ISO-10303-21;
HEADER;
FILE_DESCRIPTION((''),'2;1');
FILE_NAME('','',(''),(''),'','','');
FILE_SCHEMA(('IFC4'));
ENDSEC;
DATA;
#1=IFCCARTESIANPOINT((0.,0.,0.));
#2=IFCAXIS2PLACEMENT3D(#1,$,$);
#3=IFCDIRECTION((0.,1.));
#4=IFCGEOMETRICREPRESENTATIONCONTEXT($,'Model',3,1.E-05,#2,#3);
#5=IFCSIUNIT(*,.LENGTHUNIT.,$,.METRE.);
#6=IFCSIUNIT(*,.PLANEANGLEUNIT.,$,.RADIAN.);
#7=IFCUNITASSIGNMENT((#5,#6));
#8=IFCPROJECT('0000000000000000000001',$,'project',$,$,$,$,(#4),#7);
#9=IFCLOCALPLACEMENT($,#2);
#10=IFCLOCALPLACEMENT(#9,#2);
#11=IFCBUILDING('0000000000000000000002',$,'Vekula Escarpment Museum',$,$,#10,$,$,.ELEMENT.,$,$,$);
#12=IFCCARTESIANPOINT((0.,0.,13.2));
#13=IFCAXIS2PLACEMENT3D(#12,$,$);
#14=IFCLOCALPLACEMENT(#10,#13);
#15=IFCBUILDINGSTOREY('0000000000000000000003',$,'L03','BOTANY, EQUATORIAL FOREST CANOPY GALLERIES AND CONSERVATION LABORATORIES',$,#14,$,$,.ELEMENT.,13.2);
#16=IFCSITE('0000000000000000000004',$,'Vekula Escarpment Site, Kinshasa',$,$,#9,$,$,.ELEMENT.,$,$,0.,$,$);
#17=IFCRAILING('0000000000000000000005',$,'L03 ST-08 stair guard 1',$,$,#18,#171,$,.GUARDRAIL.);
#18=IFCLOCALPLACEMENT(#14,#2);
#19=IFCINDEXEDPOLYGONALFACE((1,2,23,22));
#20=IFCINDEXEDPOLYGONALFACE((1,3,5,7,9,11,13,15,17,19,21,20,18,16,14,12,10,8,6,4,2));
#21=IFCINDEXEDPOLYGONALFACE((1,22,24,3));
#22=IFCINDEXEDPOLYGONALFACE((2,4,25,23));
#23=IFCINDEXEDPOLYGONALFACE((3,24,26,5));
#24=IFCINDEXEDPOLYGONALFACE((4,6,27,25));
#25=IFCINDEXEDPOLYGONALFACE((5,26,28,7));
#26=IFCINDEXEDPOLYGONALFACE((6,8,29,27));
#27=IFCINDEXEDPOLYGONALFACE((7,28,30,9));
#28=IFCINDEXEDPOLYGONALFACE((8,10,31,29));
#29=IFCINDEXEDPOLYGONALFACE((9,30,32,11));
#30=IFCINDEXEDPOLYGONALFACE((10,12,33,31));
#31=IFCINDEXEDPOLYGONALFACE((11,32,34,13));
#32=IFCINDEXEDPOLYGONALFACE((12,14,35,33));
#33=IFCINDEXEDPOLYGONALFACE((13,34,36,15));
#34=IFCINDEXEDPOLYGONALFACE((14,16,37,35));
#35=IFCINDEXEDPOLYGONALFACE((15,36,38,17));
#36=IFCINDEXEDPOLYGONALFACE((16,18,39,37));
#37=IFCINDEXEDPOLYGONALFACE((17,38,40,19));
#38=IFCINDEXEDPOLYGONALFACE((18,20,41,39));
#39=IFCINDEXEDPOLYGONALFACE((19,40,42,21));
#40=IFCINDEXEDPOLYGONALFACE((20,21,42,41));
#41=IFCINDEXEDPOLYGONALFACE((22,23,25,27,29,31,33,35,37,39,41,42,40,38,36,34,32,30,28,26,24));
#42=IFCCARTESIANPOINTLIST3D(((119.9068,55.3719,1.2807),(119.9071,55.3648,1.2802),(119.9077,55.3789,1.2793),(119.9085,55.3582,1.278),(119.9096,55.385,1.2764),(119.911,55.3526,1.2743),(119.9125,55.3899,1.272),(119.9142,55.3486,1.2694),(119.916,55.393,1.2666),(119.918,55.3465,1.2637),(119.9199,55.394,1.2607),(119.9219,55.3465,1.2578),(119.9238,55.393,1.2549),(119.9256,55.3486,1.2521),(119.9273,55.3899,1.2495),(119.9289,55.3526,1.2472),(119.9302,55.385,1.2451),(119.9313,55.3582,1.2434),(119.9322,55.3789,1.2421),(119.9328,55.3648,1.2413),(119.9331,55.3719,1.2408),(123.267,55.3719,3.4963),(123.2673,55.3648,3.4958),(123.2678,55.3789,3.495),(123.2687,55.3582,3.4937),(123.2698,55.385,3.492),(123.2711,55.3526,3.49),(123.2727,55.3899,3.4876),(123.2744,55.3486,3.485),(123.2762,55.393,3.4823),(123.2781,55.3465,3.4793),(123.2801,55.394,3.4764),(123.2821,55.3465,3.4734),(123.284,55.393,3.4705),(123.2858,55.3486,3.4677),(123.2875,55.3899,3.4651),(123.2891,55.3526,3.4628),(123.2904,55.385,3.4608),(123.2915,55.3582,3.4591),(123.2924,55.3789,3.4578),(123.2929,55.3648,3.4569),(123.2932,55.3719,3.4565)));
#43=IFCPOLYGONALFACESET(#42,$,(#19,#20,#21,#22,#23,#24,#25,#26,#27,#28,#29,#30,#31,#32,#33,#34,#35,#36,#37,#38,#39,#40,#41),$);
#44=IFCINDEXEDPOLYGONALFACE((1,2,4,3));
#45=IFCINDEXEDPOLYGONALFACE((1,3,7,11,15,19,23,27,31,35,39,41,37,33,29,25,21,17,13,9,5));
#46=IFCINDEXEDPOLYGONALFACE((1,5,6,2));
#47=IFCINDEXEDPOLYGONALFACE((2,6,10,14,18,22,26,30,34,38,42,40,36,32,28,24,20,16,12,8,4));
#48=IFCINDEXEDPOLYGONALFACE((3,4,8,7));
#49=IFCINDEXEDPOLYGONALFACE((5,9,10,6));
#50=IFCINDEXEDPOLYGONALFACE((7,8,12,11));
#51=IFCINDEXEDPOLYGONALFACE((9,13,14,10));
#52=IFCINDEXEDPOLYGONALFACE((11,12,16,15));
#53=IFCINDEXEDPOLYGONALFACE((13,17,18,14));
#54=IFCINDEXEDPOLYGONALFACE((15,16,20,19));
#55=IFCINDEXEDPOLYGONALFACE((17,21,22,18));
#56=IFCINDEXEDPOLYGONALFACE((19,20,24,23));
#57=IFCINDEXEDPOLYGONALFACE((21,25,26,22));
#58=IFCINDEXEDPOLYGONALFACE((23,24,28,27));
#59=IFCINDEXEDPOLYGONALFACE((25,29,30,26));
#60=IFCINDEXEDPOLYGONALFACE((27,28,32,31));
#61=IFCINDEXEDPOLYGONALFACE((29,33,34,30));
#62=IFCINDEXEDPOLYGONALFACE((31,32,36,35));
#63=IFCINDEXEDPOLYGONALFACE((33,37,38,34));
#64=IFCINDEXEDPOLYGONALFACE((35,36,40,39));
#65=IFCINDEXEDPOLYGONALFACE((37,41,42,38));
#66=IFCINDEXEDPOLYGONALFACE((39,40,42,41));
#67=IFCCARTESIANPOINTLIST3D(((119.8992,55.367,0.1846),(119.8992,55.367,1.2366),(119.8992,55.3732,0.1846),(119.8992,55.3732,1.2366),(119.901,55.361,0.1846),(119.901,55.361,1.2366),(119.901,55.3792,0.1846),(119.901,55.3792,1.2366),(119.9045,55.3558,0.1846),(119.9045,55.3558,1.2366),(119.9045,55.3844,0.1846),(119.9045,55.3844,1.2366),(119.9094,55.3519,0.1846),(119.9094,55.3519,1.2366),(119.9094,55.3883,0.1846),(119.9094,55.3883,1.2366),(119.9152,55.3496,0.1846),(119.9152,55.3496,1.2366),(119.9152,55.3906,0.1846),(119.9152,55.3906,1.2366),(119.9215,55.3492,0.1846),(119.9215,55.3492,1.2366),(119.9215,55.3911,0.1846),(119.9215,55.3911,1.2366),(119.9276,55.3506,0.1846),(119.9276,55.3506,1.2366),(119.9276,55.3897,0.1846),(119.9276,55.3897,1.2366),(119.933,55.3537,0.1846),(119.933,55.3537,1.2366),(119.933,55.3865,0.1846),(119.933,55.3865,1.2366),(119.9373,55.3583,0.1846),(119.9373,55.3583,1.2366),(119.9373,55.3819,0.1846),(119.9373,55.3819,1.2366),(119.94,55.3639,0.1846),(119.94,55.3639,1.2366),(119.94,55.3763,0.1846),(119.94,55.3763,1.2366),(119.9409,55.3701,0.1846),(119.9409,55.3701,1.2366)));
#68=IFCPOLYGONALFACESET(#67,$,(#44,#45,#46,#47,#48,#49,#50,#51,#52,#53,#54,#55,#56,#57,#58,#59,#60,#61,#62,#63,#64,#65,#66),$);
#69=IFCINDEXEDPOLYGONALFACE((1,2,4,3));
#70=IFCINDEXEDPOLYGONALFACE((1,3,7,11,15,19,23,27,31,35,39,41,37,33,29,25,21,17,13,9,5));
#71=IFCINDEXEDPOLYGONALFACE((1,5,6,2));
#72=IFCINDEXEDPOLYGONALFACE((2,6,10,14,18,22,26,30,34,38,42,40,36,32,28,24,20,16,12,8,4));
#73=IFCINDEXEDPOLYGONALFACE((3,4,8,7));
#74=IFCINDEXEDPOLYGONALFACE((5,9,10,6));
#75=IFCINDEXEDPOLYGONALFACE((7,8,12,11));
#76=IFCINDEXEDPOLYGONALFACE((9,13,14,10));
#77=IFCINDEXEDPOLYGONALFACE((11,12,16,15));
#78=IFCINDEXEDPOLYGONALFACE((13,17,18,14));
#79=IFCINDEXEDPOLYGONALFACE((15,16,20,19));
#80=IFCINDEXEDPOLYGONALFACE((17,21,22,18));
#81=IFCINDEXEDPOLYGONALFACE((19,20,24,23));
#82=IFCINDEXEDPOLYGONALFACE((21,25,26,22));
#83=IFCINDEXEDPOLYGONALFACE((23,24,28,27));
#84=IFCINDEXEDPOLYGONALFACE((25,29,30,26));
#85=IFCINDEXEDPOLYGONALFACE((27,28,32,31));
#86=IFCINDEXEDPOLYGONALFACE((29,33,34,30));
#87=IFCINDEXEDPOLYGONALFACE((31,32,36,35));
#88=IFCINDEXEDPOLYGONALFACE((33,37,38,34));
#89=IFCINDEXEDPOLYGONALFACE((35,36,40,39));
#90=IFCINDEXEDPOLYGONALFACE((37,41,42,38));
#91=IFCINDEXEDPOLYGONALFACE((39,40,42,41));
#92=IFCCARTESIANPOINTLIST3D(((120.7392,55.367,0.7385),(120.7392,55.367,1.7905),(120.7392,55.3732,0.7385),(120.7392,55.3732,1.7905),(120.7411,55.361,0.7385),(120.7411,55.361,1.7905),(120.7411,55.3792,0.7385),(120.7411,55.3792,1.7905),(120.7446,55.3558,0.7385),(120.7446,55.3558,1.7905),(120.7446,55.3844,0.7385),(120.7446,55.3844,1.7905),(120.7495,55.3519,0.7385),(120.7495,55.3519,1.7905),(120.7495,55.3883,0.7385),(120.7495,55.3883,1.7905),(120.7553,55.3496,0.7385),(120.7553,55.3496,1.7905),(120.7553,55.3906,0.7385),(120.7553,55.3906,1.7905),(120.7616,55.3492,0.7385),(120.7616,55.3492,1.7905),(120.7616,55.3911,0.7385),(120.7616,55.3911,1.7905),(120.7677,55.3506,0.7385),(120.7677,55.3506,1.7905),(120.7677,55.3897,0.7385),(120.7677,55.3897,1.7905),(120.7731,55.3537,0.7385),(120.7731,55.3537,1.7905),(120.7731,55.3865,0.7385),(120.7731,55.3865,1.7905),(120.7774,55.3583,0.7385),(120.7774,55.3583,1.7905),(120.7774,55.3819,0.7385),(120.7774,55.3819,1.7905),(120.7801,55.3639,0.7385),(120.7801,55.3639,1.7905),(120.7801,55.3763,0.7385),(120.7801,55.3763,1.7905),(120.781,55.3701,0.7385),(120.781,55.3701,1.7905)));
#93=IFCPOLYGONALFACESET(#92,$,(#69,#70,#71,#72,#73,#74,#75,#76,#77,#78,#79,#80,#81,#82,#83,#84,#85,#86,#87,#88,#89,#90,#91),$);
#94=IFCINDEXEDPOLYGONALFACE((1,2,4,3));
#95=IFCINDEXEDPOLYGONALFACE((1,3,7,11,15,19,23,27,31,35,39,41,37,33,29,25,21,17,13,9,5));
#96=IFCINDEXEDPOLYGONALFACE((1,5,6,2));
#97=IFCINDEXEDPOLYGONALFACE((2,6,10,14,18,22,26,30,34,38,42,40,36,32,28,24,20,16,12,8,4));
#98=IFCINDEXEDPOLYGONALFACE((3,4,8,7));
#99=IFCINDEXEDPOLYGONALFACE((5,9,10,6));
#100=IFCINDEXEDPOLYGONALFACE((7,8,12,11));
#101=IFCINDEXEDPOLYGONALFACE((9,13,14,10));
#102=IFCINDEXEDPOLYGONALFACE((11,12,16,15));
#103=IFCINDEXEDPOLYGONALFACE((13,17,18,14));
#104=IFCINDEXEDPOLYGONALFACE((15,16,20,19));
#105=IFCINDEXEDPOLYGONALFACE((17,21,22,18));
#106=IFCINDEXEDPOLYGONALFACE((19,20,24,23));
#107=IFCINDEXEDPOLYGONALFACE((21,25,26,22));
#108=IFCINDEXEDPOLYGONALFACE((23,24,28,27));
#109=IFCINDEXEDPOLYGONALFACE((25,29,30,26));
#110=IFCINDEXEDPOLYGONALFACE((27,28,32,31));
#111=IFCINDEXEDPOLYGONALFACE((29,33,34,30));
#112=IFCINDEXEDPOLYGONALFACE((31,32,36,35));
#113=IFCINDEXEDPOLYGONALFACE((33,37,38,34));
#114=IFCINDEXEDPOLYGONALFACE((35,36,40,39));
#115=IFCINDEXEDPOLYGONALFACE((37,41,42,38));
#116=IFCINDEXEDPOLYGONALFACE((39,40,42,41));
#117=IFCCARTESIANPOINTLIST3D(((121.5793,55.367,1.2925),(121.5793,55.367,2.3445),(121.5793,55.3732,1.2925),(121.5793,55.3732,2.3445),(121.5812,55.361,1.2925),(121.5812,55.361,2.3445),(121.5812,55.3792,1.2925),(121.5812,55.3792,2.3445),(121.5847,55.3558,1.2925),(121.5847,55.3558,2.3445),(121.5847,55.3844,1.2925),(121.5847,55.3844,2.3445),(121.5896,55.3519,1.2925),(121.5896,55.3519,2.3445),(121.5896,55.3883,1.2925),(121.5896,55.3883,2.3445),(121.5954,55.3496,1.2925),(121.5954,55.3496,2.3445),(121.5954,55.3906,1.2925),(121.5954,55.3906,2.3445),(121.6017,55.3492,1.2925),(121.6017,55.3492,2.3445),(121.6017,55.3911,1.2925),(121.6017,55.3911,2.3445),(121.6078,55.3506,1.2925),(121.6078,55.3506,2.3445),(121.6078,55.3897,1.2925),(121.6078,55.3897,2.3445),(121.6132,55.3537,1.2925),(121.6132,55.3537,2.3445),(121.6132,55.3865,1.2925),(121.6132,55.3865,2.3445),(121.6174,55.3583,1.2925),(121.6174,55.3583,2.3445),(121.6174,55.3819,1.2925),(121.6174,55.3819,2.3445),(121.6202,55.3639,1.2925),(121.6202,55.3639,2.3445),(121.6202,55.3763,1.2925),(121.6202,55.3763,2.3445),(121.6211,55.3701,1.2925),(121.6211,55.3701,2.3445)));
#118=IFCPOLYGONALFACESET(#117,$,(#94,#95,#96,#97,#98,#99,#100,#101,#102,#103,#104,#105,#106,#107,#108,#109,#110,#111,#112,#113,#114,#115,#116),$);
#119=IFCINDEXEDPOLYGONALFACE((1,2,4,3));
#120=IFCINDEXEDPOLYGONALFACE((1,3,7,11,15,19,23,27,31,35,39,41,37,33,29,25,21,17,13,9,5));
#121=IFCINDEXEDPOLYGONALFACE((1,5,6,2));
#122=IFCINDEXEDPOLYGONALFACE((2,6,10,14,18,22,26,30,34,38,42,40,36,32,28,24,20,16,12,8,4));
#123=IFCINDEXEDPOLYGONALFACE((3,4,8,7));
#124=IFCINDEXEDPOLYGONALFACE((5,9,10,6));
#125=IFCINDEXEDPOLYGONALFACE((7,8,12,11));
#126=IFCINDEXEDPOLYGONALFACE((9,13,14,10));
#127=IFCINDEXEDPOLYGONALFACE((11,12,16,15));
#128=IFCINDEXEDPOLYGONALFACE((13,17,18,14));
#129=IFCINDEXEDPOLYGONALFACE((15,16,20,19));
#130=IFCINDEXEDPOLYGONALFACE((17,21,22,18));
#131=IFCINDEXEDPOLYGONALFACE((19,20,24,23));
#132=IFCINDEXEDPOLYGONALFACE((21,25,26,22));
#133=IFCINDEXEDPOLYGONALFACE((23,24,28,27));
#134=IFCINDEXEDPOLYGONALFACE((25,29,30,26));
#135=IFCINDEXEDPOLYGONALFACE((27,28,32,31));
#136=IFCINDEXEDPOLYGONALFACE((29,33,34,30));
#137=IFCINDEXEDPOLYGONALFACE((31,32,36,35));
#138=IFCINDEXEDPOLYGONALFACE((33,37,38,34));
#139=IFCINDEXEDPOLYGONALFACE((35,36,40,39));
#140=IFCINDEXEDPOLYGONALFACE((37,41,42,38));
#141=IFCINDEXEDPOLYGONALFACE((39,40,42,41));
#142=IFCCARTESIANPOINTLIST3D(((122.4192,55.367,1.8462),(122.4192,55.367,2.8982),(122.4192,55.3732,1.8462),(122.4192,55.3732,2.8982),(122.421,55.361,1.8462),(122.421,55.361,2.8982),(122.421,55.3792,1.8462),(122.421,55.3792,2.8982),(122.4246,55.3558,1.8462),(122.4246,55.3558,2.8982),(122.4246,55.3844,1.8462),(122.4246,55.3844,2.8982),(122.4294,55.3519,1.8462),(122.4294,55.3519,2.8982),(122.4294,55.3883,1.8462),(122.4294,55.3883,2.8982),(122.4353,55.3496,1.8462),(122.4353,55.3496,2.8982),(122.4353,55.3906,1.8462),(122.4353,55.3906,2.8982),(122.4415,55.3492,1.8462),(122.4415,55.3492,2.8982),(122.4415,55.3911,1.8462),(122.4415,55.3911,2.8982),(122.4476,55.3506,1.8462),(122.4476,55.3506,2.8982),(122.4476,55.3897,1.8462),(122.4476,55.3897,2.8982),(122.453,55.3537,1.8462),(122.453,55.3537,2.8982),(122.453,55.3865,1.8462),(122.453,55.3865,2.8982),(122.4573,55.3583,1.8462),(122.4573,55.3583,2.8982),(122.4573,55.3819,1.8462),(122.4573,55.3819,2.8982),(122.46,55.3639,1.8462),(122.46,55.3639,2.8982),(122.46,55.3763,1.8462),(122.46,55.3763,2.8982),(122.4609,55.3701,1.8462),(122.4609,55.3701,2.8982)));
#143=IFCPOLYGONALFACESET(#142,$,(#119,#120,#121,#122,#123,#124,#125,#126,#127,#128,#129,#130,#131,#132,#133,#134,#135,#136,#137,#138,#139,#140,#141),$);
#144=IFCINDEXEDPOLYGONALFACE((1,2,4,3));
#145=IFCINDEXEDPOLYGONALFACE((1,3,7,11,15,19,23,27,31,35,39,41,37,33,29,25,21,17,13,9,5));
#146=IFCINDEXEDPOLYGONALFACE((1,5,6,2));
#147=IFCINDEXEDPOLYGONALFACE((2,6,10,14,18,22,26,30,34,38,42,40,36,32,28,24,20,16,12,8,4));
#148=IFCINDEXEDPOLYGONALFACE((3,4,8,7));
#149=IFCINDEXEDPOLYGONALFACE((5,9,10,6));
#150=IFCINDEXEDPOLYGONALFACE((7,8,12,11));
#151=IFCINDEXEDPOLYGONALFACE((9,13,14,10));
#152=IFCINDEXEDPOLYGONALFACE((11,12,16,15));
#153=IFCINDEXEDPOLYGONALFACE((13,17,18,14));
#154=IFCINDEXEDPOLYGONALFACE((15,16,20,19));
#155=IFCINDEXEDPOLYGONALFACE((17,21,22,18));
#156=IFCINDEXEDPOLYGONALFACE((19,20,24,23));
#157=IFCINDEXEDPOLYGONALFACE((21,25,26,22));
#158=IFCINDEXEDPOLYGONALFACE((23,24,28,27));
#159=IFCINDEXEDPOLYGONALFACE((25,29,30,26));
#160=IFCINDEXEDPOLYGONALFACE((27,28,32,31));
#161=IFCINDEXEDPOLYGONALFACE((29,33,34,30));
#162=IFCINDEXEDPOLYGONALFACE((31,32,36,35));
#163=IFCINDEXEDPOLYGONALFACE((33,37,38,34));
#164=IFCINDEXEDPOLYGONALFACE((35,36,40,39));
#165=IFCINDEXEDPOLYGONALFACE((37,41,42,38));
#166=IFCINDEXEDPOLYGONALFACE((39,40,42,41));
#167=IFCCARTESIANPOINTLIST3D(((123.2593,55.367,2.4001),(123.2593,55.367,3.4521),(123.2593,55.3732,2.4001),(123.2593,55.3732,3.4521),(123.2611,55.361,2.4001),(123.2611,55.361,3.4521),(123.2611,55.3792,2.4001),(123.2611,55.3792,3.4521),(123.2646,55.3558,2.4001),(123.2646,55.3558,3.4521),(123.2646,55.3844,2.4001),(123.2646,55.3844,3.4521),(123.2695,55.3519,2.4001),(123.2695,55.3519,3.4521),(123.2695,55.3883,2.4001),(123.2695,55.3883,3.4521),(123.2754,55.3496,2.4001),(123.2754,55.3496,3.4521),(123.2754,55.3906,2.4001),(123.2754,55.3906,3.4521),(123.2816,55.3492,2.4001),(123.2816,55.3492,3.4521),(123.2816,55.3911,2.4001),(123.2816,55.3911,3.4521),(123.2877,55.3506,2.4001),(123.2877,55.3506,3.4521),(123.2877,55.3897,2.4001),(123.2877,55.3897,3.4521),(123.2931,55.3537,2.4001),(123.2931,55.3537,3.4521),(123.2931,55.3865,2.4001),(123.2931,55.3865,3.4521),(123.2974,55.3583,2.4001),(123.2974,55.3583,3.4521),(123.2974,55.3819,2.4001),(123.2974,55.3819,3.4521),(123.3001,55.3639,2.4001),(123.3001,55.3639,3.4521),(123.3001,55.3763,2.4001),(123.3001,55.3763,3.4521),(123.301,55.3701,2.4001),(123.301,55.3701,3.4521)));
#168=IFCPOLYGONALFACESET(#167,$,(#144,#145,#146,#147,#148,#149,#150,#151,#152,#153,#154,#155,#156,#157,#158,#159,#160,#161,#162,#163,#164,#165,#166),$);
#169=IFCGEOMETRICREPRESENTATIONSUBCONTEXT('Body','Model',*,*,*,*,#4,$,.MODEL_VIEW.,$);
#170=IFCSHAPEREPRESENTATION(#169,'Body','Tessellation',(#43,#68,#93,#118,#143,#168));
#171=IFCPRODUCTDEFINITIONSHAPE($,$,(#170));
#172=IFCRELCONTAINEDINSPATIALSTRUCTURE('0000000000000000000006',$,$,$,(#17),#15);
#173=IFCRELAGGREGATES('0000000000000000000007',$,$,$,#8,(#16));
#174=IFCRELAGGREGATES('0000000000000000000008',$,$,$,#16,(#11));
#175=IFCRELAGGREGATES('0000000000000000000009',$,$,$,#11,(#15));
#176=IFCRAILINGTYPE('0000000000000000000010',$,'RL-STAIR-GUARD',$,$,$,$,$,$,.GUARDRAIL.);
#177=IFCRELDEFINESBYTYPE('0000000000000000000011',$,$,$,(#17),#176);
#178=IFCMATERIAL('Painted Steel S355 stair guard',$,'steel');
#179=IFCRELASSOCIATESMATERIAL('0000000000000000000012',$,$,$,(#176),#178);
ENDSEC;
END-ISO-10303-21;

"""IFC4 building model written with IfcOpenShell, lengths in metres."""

from ifc_helpers import new_model, si_unit, direction, frame, origin, origin_2d, place, context, subcontext, project, spatial, circle, extrude, material, type_object, element, save


model = new_model("IFC4")

# Units and contexts
model_context = context("Model", 3, precision=1e-05, world=origin(), true_north=direction((0.0, 1.0)))
body_context = subcontext(model_context, "Body", "Model", "MODEL_VIEW")
ifc_project = project(units=[si_unit("LENGTHUNIT", "METRE"), si_unit("PLANEANGLEUNIT", "RADIAN")], contexts=[model_context])

# Site, building, storey
site_placement = place(None, origin())
site = spatial("IfcSite", under=ifc_project, at=site_placement, Name="Vekula Escarpment Site, Kinshasa", CompositionType="ELEMENT", RefElevation=0.0)
building_placement = place(site_placement, origin())
building = spatial("IfcBuilding", under=site, at=building_placement, Name="Vekula Escarpment Museum", CompositionType="ELEMENT")
storey_placement = place(building_placement, frame((0.0, 0.0, 13.2)))
storey = spatial("IfcBuildingStorey", under=building, at=storey_placement, Name="L03", Description="BOTANY, EQUATORIAL FOREST CANOPY GALLERIES AND CONSERVATION LABORATORIES", CompositionType="ELEMENT", Elevation=13.2)

# Railing
ifc_material_1 = material(Name="Painted Steel S355 stair guard", Category="steel")
railing_type_1 = type_object("IfcRailingType", Name="RL-STAIR-GUARD", PredefinedType="GUARDRAIL", material=ifc_material_1)
railing_1_placement = place(storey_placement, frame((119.9199, 55.3701, 0.1846)))
element("IfcRailing", 1, at=railing_1_placement, inside=storey, type_object=railing_type_1, Name="L03 ST-08 stair guard 1", PredefinedType="GUARDRAIL", context=body_context, shape_type="SweptSolid", body=[
    extrude(circle(Radius=0.0239, at=origin_2d()), frame((0.0, 0.0, 1.0762), z_axis=(0.834849, 0.0, 0.55048), x_axis=(0.0, 1.0, 0.0)), (0.0, 0.0, 1.0), 4.0249),
    extrude(circle(Radius=0.021, at=origin_2d()), origin(), (0.0, 0.0, 1.0), 1.052),
    extrude(circle(Radius=0.021, at=origin_2d()), frame((0.8401, 0.0, 0.554)), (0.0, 0.0, 1.0), 1.052),
    extrude(circle(Radius=0.021, at=origin_2d()), frame((1.6802, 0.0, 1.1079)), (0.0, 0.0, 1.0), 1.052),
    extrude(circle(Radius=0.021, at=origin_2d()), frame((2.52, 0.0, 1.6616)), (0.0, 0.0, 1.0), 1.052),
    extrude(circle(Radius=0.021, at=origin_2d()), frame((3.3601, 0.0, 2.2156)), (0.0, 0.0, 1.0), 1.052),
])

save(model, "model.ifc")
